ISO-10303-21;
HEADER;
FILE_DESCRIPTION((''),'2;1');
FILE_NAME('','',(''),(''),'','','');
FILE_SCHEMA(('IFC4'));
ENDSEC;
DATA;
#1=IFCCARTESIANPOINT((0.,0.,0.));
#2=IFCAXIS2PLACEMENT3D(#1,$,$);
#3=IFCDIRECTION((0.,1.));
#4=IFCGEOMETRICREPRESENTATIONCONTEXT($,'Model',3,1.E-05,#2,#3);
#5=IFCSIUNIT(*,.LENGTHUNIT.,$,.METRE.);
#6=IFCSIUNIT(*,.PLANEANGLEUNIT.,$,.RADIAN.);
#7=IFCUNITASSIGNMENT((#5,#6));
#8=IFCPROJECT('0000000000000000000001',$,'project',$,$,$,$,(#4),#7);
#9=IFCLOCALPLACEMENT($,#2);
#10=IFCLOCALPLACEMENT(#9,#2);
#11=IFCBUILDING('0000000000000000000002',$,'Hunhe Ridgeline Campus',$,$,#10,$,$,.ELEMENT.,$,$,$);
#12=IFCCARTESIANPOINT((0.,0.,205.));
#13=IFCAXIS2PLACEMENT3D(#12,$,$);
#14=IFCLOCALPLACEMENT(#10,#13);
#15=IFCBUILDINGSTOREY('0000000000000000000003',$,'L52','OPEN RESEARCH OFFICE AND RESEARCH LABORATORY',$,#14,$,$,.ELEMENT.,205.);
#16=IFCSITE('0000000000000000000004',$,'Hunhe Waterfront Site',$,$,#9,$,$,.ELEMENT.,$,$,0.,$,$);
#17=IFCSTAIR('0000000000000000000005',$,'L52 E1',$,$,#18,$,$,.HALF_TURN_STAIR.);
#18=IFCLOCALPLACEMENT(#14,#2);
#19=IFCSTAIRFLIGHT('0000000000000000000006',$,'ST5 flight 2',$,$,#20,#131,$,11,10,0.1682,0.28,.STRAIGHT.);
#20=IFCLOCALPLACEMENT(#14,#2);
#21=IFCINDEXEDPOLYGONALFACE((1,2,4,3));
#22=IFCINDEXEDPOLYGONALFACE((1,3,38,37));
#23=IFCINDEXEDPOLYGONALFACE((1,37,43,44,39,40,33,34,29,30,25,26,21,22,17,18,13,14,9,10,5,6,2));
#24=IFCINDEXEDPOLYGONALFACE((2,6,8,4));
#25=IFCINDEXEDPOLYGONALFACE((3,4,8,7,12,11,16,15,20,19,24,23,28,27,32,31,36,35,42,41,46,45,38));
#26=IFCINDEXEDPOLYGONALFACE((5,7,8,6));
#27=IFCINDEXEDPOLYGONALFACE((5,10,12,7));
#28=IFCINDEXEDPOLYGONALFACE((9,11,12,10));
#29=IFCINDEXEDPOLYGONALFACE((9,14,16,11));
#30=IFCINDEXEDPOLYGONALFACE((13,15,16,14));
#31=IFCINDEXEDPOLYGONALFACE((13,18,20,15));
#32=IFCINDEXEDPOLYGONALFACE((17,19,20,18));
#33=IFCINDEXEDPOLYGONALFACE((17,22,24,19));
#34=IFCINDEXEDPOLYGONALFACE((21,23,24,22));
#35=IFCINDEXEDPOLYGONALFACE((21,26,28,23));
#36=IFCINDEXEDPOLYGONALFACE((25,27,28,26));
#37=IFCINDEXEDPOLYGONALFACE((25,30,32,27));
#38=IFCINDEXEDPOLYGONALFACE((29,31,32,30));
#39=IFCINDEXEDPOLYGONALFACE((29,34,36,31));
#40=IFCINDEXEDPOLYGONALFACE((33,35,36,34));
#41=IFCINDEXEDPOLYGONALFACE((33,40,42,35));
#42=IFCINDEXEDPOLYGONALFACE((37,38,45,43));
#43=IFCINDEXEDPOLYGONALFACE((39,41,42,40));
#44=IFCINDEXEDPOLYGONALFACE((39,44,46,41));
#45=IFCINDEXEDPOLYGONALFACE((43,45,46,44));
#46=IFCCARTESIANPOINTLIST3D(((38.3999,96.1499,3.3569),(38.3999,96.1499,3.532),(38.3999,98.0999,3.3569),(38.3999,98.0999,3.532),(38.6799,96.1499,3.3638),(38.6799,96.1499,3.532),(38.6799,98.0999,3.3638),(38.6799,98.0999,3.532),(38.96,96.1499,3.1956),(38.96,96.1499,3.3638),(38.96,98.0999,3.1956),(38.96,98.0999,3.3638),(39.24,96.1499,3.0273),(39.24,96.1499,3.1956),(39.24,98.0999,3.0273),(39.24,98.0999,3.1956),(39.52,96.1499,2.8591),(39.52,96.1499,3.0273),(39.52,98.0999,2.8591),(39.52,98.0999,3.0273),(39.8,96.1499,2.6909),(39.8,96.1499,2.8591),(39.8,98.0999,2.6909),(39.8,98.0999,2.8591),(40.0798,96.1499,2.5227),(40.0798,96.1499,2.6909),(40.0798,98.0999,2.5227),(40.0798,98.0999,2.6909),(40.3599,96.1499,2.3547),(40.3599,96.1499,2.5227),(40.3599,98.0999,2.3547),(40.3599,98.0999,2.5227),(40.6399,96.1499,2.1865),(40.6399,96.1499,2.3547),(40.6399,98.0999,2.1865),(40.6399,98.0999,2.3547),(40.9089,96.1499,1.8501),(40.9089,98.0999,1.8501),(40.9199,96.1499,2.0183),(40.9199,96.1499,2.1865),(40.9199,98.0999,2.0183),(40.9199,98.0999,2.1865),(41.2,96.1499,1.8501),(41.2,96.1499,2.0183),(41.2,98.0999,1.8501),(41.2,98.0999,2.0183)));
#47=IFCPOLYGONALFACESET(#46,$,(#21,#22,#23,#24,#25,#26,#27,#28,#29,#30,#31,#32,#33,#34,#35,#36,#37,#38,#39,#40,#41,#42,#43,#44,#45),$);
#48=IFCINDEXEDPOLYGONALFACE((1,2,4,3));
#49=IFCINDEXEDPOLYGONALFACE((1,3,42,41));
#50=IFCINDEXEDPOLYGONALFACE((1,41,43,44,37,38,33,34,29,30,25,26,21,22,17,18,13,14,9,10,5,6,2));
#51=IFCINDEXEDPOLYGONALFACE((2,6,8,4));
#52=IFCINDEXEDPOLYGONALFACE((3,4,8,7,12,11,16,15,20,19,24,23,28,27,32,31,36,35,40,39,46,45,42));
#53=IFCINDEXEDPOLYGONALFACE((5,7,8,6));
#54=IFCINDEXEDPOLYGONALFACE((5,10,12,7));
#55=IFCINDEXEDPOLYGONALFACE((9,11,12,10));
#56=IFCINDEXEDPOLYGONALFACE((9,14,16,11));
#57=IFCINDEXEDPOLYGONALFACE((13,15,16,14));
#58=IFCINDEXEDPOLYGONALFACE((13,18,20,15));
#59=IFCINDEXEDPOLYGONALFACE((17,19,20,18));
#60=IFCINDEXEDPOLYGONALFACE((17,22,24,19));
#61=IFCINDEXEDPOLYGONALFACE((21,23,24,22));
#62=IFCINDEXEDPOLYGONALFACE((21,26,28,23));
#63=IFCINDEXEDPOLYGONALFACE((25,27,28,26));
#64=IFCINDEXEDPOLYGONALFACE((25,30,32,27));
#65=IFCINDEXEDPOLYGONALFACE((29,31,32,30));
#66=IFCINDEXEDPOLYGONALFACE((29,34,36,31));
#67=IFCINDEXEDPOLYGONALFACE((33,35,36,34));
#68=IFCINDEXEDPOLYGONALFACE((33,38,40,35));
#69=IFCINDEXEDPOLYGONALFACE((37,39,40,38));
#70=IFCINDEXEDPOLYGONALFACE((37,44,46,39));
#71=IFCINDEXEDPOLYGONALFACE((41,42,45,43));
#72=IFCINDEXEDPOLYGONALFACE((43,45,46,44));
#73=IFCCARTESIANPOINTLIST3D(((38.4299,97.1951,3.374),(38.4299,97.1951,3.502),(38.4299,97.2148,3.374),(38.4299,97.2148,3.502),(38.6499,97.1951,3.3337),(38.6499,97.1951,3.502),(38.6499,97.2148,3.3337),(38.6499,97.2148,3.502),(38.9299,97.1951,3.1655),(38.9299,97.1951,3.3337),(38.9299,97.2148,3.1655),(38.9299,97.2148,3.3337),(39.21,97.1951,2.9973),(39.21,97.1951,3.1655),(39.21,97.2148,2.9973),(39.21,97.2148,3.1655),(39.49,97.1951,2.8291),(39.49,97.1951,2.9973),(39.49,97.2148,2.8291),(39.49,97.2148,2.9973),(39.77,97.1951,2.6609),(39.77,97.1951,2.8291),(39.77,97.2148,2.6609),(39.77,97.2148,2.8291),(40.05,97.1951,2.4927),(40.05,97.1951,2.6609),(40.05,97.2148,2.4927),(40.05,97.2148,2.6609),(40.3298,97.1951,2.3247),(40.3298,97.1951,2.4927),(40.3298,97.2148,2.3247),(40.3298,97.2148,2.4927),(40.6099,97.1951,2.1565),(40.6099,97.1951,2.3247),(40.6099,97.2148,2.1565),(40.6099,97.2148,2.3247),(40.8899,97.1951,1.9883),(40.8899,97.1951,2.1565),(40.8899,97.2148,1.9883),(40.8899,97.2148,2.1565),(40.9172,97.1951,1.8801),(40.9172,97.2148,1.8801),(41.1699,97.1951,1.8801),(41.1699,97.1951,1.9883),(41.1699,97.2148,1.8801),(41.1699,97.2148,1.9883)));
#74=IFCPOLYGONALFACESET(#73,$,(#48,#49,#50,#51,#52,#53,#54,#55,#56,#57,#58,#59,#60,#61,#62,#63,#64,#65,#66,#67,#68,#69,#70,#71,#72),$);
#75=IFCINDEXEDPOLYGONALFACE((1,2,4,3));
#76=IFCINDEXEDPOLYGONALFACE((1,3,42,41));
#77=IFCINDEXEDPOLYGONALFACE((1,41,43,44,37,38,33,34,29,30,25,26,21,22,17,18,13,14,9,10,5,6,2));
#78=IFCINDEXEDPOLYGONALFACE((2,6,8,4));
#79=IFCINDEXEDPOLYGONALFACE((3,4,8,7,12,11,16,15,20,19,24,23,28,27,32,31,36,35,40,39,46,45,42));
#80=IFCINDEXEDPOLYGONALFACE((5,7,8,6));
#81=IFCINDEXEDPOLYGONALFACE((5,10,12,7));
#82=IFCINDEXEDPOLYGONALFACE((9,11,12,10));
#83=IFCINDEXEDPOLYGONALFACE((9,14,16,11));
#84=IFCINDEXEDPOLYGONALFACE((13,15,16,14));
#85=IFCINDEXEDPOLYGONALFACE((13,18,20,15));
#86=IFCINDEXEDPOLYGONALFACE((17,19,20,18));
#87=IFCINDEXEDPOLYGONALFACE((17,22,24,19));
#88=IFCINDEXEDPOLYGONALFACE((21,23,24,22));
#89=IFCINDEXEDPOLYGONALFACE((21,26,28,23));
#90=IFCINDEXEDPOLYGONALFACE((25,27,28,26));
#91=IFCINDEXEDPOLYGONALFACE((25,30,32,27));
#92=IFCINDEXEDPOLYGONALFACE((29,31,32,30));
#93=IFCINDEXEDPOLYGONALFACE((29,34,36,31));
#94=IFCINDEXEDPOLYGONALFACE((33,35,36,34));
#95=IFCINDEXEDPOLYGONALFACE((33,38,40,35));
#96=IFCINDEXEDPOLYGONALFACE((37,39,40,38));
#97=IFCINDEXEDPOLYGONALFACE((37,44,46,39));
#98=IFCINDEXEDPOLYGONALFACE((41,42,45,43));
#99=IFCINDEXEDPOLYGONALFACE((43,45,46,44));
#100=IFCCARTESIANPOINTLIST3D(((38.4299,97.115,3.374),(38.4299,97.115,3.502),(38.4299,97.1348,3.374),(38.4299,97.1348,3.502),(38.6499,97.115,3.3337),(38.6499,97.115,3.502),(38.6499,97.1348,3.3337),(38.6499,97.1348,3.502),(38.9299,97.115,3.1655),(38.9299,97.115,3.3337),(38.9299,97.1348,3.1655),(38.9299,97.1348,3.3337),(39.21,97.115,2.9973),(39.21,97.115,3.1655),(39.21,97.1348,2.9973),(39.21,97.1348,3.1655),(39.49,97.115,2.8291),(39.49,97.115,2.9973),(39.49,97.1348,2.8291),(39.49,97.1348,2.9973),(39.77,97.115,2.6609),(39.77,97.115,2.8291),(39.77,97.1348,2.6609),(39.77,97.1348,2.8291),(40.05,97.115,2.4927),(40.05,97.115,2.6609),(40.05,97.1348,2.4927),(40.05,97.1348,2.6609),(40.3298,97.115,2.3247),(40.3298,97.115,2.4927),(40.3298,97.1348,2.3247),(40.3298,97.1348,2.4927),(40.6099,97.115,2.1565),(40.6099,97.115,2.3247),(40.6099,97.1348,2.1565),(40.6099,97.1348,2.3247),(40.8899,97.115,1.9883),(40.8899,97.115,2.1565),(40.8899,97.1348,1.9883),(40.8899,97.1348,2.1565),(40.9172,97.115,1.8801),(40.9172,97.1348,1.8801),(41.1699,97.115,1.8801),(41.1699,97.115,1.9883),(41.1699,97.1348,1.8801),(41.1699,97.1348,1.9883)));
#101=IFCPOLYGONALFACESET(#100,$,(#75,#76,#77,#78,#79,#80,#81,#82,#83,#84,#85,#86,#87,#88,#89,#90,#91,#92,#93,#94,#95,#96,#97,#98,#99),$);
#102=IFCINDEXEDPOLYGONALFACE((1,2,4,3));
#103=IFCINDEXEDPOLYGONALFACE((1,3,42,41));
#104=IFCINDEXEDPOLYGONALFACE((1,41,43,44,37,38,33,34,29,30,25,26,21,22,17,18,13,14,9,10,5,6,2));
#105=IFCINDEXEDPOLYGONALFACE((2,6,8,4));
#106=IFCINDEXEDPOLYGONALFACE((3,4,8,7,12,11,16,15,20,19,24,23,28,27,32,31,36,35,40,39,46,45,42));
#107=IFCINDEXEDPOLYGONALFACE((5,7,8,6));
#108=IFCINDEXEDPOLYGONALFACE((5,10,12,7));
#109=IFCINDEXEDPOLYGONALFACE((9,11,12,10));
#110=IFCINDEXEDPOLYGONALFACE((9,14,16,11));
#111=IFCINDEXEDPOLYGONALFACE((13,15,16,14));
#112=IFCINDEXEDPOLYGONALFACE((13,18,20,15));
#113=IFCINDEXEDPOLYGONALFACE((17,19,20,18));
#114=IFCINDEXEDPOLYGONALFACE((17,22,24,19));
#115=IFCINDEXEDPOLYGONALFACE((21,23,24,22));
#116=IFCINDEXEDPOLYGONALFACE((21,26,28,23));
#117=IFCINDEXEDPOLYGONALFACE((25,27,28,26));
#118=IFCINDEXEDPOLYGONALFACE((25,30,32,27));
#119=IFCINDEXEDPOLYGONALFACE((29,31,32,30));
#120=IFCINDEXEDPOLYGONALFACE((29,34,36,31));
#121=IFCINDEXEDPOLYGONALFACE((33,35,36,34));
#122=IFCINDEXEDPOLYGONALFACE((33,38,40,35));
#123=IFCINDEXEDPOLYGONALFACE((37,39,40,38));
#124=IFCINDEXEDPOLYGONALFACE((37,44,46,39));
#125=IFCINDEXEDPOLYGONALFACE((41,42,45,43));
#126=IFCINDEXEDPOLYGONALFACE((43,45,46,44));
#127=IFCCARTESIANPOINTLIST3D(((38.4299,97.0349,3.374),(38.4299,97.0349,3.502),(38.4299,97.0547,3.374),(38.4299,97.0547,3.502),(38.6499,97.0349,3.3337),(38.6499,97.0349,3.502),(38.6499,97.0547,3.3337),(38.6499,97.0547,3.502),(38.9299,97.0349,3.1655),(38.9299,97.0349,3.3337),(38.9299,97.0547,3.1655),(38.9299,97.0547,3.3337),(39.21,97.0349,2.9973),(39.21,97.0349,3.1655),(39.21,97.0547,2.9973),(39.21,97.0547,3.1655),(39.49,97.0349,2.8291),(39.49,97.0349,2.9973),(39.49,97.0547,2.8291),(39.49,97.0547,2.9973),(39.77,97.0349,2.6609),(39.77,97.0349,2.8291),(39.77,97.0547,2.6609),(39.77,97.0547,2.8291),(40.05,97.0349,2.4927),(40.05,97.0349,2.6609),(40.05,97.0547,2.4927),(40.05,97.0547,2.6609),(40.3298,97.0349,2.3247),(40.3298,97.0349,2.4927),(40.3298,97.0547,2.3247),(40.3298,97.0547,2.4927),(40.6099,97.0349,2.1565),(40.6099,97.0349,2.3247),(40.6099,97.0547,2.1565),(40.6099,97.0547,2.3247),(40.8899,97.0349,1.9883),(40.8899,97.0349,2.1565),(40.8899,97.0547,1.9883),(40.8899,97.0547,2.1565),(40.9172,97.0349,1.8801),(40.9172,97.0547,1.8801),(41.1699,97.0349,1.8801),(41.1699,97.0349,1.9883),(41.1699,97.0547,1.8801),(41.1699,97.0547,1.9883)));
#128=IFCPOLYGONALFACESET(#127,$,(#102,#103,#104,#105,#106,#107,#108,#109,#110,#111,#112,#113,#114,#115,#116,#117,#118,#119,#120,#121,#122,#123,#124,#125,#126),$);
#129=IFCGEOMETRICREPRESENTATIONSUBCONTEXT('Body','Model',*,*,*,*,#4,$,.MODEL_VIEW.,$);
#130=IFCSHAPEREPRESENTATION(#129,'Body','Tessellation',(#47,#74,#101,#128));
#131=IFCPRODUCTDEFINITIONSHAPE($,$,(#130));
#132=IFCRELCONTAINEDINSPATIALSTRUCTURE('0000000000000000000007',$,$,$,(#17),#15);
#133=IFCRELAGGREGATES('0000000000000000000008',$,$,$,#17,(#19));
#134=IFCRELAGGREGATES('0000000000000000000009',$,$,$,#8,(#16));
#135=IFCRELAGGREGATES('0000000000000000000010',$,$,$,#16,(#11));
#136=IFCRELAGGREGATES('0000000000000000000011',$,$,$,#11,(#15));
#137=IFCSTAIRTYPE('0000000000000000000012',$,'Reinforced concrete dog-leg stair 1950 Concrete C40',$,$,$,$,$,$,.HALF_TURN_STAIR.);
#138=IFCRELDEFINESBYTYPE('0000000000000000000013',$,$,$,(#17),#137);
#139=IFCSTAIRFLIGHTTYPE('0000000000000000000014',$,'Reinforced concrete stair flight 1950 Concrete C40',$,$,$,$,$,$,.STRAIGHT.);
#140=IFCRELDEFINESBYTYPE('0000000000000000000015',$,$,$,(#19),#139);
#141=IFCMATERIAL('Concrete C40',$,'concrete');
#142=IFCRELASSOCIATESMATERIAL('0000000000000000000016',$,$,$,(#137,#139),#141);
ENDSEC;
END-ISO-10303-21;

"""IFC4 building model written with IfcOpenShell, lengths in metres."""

from ifc_helpers import new_model, si_unit, direction, frame, origin, place, context, subcontext, project, spatial, polyline, outline, extrude, material, type_object, element, aggregate, save


model = new_model("IFC4")

# Units and contexts
model_context = context("Model", 3, precision=1e-05, world=origin(), true_north=direction((0.0, 1.0)))
body_context = subcontext(model_context, "Body", "Model", "MODEL_VIEW")
ifc_project = project(units=[si_unit("LENGTHUNIT", "METRE"), si_unit("PLANEANGLEUNIT", "RADIAN")], contexts=[model_context])

# Site, building, storey
site_placement = place(None, origin())
site = spatial("IfcSite", under=ifc_project, at=site_placement, Name="Hunhe Waterfront Site", CompositionType="ELEMENT", RefElevation=0.0)
building_placement = place(site_placement, origin())
building = spatial("IfcBuilding", under=site, at=building_placement, Name="Hunhe Ridgeline Campus", CompositionType="ELEMENT")
storey_placement = place(building_placement, frame((0.0, 0.0, 205.0)))
storey = spatial("IfcBuildingStorey", under=building, at=storey_placement, Name="L52", Description="OPEN RESEARCH OFFICE AND RESEARCH LABORATORY", CompositionType="ELEMENT", Elevation=205.0)

# Stair, stair flight
ifc_material_1 = material(Name="Concrete C40", Category="concrete")
stair_type = type_object("IfcStairType", Name="Reinforced concrete dog-leg stair 1950 Concrete C40", PredefinedType="HALF_TURN_STAIR", material=ifc_material_1)
stair_placement = place(storey_placement, origin())
stair = element("IfcStair", 1, at=stair_placement, inside=storey, type_object=stair_type, Name="L52 E1", PredefinedType="HALF_TURN_STAIR")
stair_flight_type = type_object("IfcStairFlightType", Name="Reinforced concrete stair flight 1950 Concrete C40", PredefinedType="STRAIGHT", material=ifc_material_1)
stair_flight_1_placement = place(storey_placement, frame((41.2, 97.125, 1.8501), z_axis=(0.0, 0.0, 1.0), x_axis=(-1.0, 0.0, 0.0)))
stair_flight_1 = element("IfcStairFlight", 2, at=stair_flight_1_placement, type_object=stair_flight_type, Name="ST5 flight 2", NumberOfRisers=11, NumberOfTreads=10, PredefinedType="STRAIGHT", RiserHeight=0.1682, TreadLength=0.28, context=body_context, shape_type="SweptSolid", body=[
    extrude(outline(polyline([(0.0, 0.0), (0.0, 0.1682), (0.28, 0.1682), (0.28, 0.3364), (0.5601, 0.3364), (0.5601, 0.5046), (0.8401, 0.5046), (0.8401, 0.6726), (1.1201, 0.6726), (1.1201, 0.8408), (1.3999, 0.8408), (1.3999, 1.009), (1.6799, 1.009), (1.6799, 1.1772), (1.96, 1.1772), (1.96, 1.3455), (2.24, 1.3455), (2.24, 1.5137), (2.52, 1.5137), (2.52, 1.6819), (2.8, 1.6819), (2.8, 1.8501), (2.8, 1.5068), (0.291, 0.0), (0.0, 0.0)])), frame((0.0, 0.9751, 0.0), z_axis=(0.0, -1.0, 0.0), x_axis=(1.0, 0.0, 0.0)), (0.0, 0.0, 1.0), 1.95),
    extrude(outline(polyline([(0.03, 0.03), (0.03, 0.1382), (0.3101, 0.1382), (0.3101, 0.3064), (0.5901, 0.3064), (0.5901, 0.4746), (0.8701, 0.4746), (0.8701, 0.6426), (1.1499, 0.6426), (1.1499, 0.8108), (1.4299, 0.8108), (1.4299, 0.979), (1.71, 0.979), (1.71, 1.1472), (1.99, 1.1472), (1.99, 1.3154), (2.27, 1.3154), (2.27, 1.4836), (2.55, 1.4836), (2.55, 1.6519), (2.77, 1.6519), (2.77, 1.5239), (0.2827, 0.03), (0.03, 0.03)])), frame((0.0, -0.0701, 0.0), z_axis=(0.0, -1.0, 0.0), x_axis=(1.0, 0.0, 0.0)), (0.0, 0.0, 1.0), 0.0198),
    extrude(outline(polyline([(0.03, 0.03), (0.03, 0.1382), (0.3101, 0.1382), (0.3101, 0.3064), (0.5901, 0.3064), (0.5901, 0.4746), (0.8701, 0.4746), (0.8701, 0.6426), (1.1499, 0.6426), (1.1499, 0.8108), (1.4299, 0.8108), (1.4299, 0.979), (1.71, 0.979), (1.71, 1.1472), (1.99, 1.1472), (1.99, 1.3154), (2.27, 1.3154), (2.27, 1.4836), (2.55, 1.4836), (2.55, 1.6519), (2.77, 1.6519), (2.77, 1.5239), (0.2827, 0.03), (0.03, 0.03)])), frame((0.0, 0.01, 0.0), z_axis=(0.0, -1.0, 0.0), x_axis=(1.0, 0.0, 0.0)), (0.0, 0.0, 1.0), 0.0198),
    extrude(outline(polyline([(0.03, 0.03), (0.03, 0.1382), (0.3101, 0.1382), (0.3101, 0.3064), (0.5901, 0.3064), (0.5901, 0.4746), (0.8701, 0.4746), (0.8701, 0.6426), (1.1499, 0.6426), (1.1499, 0.8108), (1.4299, 0.8108), (1.4299, 0.979), (1.71, 0.979), (1.71, 1.1472), (1.99, 1.1472), (1.99, 1.3154), (2.27, 1.3154), (2.27, 1.4836), (2.55, 1.4836), (2.55, 1.6519), (2.77, 1.6519), (2.77, 1.5239), (0.2827, 0.03), (0.03, 0.03)])), frame((0.0, 0.0901, 0.0), z_axis=(0.0, -1.0, 0.0), x_axis=(1.0, 0.0, 0.0)), (0.0, 0.0, 1.0), 0.0198),
])
aggregate(stair, [stair_flight_1])

save(model, "model.ifc")
